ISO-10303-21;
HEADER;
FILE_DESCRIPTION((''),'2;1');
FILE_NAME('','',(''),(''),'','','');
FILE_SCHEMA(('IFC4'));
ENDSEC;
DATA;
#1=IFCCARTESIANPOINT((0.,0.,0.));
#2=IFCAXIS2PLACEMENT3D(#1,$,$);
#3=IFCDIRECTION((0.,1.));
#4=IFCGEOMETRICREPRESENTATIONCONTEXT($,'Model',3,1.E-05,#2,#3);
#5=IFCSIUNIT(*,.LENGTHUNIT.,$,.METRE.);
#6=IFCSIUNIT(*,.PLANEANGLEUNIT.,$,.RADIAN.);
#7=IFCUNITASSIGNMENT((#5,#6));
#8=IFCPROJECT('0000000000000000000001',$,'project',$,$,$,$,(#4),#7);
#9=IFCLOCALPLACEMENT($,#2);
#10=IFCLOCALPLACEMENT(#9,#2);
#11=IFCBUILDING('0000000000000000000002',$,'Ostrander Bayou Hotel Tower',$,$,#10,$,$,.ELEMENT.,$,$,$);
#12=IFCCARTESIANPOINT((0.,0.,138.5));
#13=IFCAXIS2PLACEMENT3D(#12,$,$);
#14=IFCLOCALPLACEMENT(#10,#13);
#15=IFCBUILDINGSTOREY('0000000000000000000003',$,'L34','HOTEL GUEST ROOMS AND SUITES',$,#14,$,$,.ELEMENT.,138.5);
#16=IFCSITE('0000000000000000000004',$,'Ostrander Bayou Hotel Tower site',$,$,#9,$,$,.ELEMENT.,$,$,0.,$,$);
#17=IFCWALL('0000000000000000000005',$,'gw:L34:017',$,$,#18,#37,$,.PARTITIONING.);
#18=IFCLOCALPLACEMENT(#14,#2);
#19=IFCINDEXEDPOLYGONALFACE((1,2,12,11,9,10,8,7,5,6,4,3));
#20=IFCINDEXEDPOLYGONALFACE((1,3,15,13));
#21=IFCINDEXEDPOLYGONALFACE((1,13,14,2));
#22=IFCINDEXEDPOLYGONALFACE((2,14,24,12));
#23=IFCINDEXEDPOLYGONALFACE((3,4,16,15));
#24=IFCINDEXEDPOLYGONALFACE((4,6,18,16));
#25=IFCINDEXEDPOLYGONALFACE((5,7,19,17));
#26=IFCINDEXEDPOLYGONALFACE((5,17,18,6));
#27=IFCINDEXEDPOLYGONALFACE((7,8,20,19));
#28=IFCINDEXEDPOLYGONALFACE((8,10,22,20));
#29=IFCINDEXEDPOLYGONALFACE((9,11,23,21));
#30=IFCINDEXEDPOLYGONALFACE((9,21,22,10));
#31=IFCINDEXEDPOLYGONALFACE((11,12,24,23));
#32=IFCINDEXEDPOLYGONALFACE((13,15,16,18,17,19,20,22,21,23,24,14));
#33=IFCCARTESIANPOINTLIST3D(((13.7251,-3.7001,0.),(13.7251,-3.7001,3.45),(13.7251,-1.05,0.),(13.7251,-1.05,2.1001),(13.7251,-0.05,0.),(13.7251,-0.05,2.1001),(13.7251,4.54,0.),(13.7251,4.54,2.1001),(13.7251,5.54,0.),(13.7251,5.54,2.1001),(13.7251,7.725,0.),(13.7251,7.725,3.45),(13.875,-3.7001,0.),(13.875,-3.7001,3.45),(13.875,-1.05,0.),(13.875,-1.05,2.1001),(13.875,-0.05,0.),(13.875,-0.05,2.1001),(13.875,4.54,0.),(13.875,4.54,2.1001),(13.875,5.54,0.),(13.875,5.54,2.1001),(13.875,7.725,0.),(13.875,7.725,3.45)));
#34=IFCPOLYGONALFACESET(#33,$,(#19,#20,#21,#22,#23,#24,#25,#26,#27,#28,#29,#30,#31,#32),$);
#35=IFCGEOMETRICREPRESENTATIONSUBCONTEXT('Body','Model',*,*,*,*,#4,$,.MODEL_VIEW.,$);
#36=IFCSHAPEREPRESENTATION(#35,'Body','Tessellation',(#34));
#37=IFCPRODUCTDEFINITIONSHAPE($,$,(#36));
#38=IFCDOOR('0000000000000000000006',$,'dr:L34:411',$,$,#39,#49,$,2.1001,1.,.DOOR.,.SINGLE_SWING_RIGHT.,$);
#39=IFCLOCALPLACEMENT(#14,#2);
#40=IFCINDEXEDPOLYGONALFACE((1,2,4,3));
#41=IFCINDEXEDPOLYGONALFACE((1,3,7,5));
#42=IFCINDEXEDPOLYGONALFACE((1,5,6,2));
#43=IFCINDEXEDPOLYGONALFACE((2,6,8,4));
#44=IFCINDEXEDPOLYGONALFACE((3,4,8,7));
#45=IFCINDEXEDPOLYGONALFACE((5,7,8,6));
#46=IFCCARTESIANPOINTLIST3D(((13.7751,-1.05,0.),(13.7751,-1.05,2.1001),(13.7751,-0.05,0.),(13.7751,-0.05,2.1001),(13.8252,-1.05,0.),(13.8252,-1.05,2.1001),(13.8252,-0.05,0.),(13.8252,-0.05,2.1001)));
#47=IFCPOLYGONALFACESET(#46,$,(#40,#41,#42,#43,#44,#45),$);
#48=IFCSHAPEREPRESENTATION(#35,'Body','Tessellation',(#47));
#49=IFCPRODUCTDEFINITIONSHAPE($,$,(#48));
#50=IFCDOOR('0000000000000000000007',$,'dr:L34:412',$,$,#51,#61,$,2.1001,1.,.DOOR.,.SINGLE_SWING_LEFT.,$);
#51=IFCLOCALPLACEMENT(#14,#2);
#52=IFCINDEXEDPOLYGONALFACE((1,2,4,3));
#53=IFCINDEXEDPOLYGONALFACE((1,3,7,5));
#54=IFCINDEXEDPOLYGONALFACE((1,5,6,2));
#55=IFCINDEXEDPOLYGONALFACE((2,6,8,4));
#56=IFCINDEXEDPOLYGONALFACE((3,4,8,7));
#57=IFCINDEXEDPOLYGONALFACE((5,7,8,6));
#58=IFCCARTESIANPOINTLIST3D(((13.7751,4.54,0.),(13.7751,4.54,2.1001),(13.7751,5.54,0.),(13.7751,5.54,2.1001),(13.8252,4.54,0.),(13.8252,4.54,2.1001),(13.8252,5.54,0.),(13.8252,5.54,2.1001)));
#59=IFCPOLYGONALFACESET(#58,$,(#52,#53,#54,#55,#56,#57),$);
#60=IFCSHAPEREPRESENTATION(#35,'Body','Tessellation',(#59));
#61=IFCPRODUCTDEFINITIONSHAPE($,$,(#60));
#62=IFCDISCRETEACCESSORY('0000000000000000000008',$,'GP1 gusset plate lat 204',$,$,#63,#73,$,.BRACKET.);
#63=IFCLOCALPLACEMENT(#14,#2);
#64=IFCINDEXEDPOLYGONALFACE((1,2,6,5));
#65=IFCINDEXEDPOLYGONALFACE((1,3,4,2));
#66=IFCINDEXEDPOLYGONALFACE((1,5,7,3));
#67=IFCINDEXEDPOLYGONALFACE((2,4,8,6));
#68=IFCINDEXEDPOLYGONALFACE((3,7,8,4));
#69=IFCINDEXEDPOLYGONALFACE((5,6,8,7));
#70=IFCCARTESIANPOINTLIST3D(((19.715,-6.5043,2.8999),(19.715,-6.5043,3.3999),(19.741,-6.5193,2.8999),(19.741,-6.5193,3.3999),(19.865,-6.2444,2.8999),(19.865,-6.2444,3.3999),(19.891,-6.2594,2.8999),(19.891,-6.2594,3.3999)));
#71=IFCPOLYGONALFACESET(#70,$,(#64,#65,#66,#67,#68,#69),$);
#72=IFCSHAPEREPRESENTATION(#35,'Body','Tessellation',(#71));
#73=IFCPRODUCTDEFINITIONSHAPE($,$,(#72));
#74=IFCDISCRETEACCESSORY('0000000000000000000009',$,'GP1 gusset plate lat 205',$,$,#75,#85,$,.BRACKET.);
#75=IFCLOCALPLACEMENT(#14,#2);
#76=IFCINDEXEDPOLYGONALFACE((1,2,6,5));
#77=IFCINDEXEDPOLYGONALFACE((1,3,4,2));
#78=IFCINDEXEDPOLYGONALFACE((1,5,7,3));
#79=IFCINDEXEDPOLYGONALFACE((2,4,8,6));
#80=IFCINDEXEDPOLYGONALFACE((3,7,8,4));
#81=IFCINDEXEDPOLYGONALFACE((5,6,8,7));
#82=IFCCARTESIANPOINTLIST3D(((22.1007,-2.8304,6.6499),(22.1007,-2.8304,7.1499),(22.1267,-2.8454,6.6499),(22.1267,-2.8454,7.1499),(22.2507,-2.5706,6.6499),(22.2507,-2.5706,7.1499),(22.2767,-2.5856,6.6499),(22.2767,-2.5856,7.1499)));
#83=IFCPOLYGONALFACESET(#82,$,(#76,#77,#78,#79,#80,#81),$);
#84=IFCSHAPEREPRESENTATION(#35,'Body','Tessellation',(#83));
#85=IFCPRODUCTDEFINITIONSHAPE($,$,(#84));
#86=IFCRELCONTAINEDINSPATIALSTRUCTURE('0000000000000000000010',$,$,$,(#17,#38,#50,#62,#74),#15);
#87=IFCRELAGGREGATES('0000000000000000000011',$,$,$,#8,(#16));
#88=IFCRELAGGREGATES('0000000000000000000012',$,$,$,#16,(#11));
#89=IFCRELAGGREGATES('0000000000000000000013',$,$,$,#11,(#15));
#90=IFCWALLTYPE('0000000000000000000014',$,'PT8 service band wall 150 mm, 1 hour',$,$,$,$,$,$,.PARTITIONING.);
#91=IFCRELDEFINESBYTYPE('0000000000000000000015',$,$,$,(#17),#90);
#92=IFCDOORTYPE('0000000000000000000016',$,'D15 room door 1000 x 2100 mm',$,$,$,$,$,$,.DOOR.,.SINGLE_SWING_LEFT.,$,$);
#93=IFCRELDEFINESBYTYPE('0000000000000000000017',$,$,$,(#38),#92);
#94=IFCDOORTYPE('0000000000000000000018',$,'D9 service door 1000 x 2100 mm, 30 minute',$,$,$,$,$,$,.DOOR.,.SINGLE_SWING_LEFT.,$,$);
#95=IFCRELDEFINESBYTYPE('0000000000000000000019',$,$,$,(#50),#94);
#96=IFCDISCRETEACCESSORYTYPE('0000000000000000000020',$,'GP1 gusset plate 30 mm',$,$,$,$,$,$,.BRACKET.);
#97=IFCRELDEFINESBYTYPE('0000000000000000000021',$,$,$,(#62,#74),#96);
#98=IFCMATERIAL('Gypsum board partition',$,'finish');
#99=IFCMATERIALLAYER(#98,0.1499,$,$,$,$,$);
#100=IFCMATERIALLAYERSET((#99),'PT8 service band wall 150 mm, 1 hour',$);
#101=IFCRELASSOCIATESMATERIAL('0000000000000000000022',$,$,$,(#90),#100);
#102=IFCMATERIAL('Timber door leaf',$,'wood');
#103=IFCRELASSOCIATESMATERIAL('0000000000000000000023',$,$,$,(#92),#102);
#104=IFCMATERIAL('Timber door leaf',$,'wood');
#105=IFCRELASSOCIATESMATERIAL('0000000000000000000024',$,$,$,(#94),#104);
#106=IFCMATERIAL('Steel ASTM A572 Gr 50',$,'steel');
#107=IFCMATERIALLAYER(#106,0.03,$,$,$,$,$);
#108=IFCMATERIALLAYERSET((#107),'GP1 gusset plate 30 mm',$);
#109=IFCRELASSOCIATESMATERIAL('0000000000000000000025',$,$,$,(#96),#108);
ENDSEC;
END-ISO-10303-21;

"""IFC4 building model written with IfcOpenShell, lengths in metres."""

from ifc_helpers import new_model, si_unit, direction, frame, frame_2d, origin, origin_2d, place, context, subcontext, project, spatial, rectangle, extrude, material, layer, layer_set, type_object, element, fill, save


model = new_model("IFC4")

# Units and contexts
model_context = context("Model", 3, precision=1e-05, world=origin(), true_north=direction((0.0, 1.0)))
body_context = subcontext(model_context, "Body", "Model", "MODEL_VIEW")
ifc_project = project(units=[si_unit("LENGTHUNIT", "METRE"), si_unit("PLANEANGLEUNIT", "RADIAN")], contexts=[model_context])

# Site, building, storey
site_placement = place(None, origin())
site = spatial("IfcSite", under=ifc_project, at=site_placement, Name="Ostrander Bayou Hotel Tower site", CompositionType="ELEMENT", RefElevation=0.0)
building_placement = place(site_placement, origin())
building = spatial("IfcBuilding", under=site, at=building_placement, Name="Ostrander Bayou Hotel Tower", CompositionType="ELEMENT")
storey_placement = place(building_placement, frame((0.0, 0.0, 138.5)))
storey = spatial("IfcBuildingStorey", under=building, at=storey_placement, Name="L34", Description="HOTEL GUEST ROOMS AND SUITES", CompositionType="ELEMENT", Elevation=138.5)

# Shared definitions
ifc_material_1 = material(Name="Gypsum board partition", Category="finish")
ifc_layer_1 = layer(ifc_material_1, 0.1499)
ifc_layer_set_1 = layer_set([ifc_layer_1], Name="PT8 service band wall 150 mm, 1 hour")
wall_type_1 = type_object("IfcWallType", Name="PT8 service band wall 150 mm, 1 hour", PredefinedType="PARTITIONING", material=ifc_layer_set_1)

# Wall, openings, doors
wall_1_placement = place(storey_placement, frame((13.8, -3.7, 0.0), z_axis=(0.0, 0.0, 1.0), x_axis=(0.0, 1.0, 0.0)))
wall_1 = element("IfcWall", 1, at=wall_1_placement, inside=storey, type_object=wall_type_1, Name="gw:L34:017", PredefinedType="PARTITIONING", context=body_context, shape_type="SweptSolid", body=[
    extrude(rectangle(XDim=11.425, YDim=0.1499, at=frame_2d((5.7124, 0.0))), origin(), (0.0, 0.0, 1.0), 3.45),
])
opening_1_placement = place(wall_1_placement, frame((2.6499, 0.0, 0.0)))
opening_1 = element("IfcOpeningElement", 2, at=opening_1_placement, cuts=wall_1, PredefinedType="OPENING", context=body_context, shape_type="SweptSolid", body=[
    extrude(rectangle(XDim=1.0, YDim=2.1001, at=frame_2d((0.5, 1.05))), frame((0.0, 0.075, 0.0), z_axis=(0.0, -1.0, 0.0), x_axis=(1.0, 0.0, 0.0)), (0.0, 0.0, 1.0), 0.1499),
])
opening_2_placement = place(wall_1_placement, frame((8.24, 0.0, 0.0)))
opening_2 = element("IfcOpeningElement", 3, at=opening_2_placement, cuts=wall_1, PredefinedType="OPENING", context=body_context, shape_type="SweptSolid", body=[
    extrude(rectangle(XDim=1.0, YDim=2.1001, at=frame_2d((0.5, 1.05))), frame((0.0, 0.075, 0.0), z_axis=(0.0, -1.0, 0.0), x_axis=(1.0, 0.0, 0.0)), (0.0, 0.0, 1.0), 0.1499),
])
ifc_material_2 = material(Name="Timber door leaf", Category="wood")
door_type_1 = type_object("IfcDoorType", Name="D15 room door 1000 x 2100 mm", OperationType="SINGLE_SWING_LEFT", PredefinedType="DOOR", material=ifc_material_2)
door_1_placement = place(opening_1_placement, origin())
door_1 = element("IfcDoor", 4, at=door_1_placement, inside=storey, type_object=door_type_1, Name="dr:L34:411", OperationType="SINGLE_SWING_RIGHT", OverallHeight=2.1001, OverallWidth=1.0, PredefinedType="DOOR", context=body_context, shape_type="SweptSolid", body=[
    extrude(rectangle(XDim=1.0, YDim=2.1001, at=frame_2d((0.5, 1.05))), frame((0.0, 0.0249, 0.0), z_axis=(0.0, -1.0, 0.0), x_axis=(1.0, 0.0, 0.0)), (0.0, 0.0, 1.0), 0.05),
])
fill(opening_1, door_1)
ifc_material_3 = material(Name="Timber door leaf", Category="wood")
door_type_2 = type_object("IfcDoorType", Name="D9 service door 1000 x 2100 mm, 30 minute", OperationType="SINGLE_SWING_LEFT", PredefinedType="DOOR", material=ifc_material_3)
door_2_placement = place(opening_2_placement, origin())
door_2 = element("IfcDoor", 5, at=door_2_placement, inside=storey, type_object=door_type_2, Name="dr:L34:412", OperationType="SINGLE_SWING_LEFT", OverallHeight=2.1001, OverallWidth=1.0, PredefinedType="DOOR", context=body_context, shape_type="SweptSolid", body=[
    extrude(rectangle(XDim=1.0, YDim=2.1001, at=frame_2d((0.5, 1.05))), frame((0.0, 0.0249, 0.0), z_axis=(0.0, -1.0, 0.0), x_axis=(1.0, 0.0, 0.0)), (0.0, 0.0, 1.0), 0.05),
])
fill(opening_2, door_2)

# Discrete accessories
ifc_material_4 = material(Name="Steel ASTM A572 Gr 50", Category="steel")
ifc_layer_2 = layer(ifc_material_4, 0.03)
ifc_layer_set_2 = layer_set([ifc_layer_2], Name="GP1 gusset plate 30 mm")
discrete_accessory_type = type_object("IfcDiscreteAccessoryType", Name="GP1 gusset plate 30 mm", PredefinedType="BRACKET", material=ifc_layer_set_2)
for number, where, z_axis, x_axis, name in (
    (6, (19.803, -6.3818, 2.8999), (0.0, 0.0, 1.0), (0.5, 0.866025, 0.0), "GP1 gusset plate lat 204"),
    (7, (22.1887, -2.708, 6.6499), (0.0, 0.0, 1.0), (0.5, 0.866025, 0.0), "GP1 gusset plate lat 205"),
):
    element("IfcDiscreteAccessory", number, at=place(storey_placement, frame(where, z_axis=z_axis, x_axis=x_axis)), inside=storey, type_object=discrete_accessory_type, Name=name, PredefinedType="BRACKET", context=body_context, shape_type="SweptSolid", body=[
        extrude(rectangle(XDim=0.3, YDim=0.03, at=origin_2d()), origin(), (0.0, 0.0, 1.0), 0.5),
    ])

save(model, "model.ifc")
